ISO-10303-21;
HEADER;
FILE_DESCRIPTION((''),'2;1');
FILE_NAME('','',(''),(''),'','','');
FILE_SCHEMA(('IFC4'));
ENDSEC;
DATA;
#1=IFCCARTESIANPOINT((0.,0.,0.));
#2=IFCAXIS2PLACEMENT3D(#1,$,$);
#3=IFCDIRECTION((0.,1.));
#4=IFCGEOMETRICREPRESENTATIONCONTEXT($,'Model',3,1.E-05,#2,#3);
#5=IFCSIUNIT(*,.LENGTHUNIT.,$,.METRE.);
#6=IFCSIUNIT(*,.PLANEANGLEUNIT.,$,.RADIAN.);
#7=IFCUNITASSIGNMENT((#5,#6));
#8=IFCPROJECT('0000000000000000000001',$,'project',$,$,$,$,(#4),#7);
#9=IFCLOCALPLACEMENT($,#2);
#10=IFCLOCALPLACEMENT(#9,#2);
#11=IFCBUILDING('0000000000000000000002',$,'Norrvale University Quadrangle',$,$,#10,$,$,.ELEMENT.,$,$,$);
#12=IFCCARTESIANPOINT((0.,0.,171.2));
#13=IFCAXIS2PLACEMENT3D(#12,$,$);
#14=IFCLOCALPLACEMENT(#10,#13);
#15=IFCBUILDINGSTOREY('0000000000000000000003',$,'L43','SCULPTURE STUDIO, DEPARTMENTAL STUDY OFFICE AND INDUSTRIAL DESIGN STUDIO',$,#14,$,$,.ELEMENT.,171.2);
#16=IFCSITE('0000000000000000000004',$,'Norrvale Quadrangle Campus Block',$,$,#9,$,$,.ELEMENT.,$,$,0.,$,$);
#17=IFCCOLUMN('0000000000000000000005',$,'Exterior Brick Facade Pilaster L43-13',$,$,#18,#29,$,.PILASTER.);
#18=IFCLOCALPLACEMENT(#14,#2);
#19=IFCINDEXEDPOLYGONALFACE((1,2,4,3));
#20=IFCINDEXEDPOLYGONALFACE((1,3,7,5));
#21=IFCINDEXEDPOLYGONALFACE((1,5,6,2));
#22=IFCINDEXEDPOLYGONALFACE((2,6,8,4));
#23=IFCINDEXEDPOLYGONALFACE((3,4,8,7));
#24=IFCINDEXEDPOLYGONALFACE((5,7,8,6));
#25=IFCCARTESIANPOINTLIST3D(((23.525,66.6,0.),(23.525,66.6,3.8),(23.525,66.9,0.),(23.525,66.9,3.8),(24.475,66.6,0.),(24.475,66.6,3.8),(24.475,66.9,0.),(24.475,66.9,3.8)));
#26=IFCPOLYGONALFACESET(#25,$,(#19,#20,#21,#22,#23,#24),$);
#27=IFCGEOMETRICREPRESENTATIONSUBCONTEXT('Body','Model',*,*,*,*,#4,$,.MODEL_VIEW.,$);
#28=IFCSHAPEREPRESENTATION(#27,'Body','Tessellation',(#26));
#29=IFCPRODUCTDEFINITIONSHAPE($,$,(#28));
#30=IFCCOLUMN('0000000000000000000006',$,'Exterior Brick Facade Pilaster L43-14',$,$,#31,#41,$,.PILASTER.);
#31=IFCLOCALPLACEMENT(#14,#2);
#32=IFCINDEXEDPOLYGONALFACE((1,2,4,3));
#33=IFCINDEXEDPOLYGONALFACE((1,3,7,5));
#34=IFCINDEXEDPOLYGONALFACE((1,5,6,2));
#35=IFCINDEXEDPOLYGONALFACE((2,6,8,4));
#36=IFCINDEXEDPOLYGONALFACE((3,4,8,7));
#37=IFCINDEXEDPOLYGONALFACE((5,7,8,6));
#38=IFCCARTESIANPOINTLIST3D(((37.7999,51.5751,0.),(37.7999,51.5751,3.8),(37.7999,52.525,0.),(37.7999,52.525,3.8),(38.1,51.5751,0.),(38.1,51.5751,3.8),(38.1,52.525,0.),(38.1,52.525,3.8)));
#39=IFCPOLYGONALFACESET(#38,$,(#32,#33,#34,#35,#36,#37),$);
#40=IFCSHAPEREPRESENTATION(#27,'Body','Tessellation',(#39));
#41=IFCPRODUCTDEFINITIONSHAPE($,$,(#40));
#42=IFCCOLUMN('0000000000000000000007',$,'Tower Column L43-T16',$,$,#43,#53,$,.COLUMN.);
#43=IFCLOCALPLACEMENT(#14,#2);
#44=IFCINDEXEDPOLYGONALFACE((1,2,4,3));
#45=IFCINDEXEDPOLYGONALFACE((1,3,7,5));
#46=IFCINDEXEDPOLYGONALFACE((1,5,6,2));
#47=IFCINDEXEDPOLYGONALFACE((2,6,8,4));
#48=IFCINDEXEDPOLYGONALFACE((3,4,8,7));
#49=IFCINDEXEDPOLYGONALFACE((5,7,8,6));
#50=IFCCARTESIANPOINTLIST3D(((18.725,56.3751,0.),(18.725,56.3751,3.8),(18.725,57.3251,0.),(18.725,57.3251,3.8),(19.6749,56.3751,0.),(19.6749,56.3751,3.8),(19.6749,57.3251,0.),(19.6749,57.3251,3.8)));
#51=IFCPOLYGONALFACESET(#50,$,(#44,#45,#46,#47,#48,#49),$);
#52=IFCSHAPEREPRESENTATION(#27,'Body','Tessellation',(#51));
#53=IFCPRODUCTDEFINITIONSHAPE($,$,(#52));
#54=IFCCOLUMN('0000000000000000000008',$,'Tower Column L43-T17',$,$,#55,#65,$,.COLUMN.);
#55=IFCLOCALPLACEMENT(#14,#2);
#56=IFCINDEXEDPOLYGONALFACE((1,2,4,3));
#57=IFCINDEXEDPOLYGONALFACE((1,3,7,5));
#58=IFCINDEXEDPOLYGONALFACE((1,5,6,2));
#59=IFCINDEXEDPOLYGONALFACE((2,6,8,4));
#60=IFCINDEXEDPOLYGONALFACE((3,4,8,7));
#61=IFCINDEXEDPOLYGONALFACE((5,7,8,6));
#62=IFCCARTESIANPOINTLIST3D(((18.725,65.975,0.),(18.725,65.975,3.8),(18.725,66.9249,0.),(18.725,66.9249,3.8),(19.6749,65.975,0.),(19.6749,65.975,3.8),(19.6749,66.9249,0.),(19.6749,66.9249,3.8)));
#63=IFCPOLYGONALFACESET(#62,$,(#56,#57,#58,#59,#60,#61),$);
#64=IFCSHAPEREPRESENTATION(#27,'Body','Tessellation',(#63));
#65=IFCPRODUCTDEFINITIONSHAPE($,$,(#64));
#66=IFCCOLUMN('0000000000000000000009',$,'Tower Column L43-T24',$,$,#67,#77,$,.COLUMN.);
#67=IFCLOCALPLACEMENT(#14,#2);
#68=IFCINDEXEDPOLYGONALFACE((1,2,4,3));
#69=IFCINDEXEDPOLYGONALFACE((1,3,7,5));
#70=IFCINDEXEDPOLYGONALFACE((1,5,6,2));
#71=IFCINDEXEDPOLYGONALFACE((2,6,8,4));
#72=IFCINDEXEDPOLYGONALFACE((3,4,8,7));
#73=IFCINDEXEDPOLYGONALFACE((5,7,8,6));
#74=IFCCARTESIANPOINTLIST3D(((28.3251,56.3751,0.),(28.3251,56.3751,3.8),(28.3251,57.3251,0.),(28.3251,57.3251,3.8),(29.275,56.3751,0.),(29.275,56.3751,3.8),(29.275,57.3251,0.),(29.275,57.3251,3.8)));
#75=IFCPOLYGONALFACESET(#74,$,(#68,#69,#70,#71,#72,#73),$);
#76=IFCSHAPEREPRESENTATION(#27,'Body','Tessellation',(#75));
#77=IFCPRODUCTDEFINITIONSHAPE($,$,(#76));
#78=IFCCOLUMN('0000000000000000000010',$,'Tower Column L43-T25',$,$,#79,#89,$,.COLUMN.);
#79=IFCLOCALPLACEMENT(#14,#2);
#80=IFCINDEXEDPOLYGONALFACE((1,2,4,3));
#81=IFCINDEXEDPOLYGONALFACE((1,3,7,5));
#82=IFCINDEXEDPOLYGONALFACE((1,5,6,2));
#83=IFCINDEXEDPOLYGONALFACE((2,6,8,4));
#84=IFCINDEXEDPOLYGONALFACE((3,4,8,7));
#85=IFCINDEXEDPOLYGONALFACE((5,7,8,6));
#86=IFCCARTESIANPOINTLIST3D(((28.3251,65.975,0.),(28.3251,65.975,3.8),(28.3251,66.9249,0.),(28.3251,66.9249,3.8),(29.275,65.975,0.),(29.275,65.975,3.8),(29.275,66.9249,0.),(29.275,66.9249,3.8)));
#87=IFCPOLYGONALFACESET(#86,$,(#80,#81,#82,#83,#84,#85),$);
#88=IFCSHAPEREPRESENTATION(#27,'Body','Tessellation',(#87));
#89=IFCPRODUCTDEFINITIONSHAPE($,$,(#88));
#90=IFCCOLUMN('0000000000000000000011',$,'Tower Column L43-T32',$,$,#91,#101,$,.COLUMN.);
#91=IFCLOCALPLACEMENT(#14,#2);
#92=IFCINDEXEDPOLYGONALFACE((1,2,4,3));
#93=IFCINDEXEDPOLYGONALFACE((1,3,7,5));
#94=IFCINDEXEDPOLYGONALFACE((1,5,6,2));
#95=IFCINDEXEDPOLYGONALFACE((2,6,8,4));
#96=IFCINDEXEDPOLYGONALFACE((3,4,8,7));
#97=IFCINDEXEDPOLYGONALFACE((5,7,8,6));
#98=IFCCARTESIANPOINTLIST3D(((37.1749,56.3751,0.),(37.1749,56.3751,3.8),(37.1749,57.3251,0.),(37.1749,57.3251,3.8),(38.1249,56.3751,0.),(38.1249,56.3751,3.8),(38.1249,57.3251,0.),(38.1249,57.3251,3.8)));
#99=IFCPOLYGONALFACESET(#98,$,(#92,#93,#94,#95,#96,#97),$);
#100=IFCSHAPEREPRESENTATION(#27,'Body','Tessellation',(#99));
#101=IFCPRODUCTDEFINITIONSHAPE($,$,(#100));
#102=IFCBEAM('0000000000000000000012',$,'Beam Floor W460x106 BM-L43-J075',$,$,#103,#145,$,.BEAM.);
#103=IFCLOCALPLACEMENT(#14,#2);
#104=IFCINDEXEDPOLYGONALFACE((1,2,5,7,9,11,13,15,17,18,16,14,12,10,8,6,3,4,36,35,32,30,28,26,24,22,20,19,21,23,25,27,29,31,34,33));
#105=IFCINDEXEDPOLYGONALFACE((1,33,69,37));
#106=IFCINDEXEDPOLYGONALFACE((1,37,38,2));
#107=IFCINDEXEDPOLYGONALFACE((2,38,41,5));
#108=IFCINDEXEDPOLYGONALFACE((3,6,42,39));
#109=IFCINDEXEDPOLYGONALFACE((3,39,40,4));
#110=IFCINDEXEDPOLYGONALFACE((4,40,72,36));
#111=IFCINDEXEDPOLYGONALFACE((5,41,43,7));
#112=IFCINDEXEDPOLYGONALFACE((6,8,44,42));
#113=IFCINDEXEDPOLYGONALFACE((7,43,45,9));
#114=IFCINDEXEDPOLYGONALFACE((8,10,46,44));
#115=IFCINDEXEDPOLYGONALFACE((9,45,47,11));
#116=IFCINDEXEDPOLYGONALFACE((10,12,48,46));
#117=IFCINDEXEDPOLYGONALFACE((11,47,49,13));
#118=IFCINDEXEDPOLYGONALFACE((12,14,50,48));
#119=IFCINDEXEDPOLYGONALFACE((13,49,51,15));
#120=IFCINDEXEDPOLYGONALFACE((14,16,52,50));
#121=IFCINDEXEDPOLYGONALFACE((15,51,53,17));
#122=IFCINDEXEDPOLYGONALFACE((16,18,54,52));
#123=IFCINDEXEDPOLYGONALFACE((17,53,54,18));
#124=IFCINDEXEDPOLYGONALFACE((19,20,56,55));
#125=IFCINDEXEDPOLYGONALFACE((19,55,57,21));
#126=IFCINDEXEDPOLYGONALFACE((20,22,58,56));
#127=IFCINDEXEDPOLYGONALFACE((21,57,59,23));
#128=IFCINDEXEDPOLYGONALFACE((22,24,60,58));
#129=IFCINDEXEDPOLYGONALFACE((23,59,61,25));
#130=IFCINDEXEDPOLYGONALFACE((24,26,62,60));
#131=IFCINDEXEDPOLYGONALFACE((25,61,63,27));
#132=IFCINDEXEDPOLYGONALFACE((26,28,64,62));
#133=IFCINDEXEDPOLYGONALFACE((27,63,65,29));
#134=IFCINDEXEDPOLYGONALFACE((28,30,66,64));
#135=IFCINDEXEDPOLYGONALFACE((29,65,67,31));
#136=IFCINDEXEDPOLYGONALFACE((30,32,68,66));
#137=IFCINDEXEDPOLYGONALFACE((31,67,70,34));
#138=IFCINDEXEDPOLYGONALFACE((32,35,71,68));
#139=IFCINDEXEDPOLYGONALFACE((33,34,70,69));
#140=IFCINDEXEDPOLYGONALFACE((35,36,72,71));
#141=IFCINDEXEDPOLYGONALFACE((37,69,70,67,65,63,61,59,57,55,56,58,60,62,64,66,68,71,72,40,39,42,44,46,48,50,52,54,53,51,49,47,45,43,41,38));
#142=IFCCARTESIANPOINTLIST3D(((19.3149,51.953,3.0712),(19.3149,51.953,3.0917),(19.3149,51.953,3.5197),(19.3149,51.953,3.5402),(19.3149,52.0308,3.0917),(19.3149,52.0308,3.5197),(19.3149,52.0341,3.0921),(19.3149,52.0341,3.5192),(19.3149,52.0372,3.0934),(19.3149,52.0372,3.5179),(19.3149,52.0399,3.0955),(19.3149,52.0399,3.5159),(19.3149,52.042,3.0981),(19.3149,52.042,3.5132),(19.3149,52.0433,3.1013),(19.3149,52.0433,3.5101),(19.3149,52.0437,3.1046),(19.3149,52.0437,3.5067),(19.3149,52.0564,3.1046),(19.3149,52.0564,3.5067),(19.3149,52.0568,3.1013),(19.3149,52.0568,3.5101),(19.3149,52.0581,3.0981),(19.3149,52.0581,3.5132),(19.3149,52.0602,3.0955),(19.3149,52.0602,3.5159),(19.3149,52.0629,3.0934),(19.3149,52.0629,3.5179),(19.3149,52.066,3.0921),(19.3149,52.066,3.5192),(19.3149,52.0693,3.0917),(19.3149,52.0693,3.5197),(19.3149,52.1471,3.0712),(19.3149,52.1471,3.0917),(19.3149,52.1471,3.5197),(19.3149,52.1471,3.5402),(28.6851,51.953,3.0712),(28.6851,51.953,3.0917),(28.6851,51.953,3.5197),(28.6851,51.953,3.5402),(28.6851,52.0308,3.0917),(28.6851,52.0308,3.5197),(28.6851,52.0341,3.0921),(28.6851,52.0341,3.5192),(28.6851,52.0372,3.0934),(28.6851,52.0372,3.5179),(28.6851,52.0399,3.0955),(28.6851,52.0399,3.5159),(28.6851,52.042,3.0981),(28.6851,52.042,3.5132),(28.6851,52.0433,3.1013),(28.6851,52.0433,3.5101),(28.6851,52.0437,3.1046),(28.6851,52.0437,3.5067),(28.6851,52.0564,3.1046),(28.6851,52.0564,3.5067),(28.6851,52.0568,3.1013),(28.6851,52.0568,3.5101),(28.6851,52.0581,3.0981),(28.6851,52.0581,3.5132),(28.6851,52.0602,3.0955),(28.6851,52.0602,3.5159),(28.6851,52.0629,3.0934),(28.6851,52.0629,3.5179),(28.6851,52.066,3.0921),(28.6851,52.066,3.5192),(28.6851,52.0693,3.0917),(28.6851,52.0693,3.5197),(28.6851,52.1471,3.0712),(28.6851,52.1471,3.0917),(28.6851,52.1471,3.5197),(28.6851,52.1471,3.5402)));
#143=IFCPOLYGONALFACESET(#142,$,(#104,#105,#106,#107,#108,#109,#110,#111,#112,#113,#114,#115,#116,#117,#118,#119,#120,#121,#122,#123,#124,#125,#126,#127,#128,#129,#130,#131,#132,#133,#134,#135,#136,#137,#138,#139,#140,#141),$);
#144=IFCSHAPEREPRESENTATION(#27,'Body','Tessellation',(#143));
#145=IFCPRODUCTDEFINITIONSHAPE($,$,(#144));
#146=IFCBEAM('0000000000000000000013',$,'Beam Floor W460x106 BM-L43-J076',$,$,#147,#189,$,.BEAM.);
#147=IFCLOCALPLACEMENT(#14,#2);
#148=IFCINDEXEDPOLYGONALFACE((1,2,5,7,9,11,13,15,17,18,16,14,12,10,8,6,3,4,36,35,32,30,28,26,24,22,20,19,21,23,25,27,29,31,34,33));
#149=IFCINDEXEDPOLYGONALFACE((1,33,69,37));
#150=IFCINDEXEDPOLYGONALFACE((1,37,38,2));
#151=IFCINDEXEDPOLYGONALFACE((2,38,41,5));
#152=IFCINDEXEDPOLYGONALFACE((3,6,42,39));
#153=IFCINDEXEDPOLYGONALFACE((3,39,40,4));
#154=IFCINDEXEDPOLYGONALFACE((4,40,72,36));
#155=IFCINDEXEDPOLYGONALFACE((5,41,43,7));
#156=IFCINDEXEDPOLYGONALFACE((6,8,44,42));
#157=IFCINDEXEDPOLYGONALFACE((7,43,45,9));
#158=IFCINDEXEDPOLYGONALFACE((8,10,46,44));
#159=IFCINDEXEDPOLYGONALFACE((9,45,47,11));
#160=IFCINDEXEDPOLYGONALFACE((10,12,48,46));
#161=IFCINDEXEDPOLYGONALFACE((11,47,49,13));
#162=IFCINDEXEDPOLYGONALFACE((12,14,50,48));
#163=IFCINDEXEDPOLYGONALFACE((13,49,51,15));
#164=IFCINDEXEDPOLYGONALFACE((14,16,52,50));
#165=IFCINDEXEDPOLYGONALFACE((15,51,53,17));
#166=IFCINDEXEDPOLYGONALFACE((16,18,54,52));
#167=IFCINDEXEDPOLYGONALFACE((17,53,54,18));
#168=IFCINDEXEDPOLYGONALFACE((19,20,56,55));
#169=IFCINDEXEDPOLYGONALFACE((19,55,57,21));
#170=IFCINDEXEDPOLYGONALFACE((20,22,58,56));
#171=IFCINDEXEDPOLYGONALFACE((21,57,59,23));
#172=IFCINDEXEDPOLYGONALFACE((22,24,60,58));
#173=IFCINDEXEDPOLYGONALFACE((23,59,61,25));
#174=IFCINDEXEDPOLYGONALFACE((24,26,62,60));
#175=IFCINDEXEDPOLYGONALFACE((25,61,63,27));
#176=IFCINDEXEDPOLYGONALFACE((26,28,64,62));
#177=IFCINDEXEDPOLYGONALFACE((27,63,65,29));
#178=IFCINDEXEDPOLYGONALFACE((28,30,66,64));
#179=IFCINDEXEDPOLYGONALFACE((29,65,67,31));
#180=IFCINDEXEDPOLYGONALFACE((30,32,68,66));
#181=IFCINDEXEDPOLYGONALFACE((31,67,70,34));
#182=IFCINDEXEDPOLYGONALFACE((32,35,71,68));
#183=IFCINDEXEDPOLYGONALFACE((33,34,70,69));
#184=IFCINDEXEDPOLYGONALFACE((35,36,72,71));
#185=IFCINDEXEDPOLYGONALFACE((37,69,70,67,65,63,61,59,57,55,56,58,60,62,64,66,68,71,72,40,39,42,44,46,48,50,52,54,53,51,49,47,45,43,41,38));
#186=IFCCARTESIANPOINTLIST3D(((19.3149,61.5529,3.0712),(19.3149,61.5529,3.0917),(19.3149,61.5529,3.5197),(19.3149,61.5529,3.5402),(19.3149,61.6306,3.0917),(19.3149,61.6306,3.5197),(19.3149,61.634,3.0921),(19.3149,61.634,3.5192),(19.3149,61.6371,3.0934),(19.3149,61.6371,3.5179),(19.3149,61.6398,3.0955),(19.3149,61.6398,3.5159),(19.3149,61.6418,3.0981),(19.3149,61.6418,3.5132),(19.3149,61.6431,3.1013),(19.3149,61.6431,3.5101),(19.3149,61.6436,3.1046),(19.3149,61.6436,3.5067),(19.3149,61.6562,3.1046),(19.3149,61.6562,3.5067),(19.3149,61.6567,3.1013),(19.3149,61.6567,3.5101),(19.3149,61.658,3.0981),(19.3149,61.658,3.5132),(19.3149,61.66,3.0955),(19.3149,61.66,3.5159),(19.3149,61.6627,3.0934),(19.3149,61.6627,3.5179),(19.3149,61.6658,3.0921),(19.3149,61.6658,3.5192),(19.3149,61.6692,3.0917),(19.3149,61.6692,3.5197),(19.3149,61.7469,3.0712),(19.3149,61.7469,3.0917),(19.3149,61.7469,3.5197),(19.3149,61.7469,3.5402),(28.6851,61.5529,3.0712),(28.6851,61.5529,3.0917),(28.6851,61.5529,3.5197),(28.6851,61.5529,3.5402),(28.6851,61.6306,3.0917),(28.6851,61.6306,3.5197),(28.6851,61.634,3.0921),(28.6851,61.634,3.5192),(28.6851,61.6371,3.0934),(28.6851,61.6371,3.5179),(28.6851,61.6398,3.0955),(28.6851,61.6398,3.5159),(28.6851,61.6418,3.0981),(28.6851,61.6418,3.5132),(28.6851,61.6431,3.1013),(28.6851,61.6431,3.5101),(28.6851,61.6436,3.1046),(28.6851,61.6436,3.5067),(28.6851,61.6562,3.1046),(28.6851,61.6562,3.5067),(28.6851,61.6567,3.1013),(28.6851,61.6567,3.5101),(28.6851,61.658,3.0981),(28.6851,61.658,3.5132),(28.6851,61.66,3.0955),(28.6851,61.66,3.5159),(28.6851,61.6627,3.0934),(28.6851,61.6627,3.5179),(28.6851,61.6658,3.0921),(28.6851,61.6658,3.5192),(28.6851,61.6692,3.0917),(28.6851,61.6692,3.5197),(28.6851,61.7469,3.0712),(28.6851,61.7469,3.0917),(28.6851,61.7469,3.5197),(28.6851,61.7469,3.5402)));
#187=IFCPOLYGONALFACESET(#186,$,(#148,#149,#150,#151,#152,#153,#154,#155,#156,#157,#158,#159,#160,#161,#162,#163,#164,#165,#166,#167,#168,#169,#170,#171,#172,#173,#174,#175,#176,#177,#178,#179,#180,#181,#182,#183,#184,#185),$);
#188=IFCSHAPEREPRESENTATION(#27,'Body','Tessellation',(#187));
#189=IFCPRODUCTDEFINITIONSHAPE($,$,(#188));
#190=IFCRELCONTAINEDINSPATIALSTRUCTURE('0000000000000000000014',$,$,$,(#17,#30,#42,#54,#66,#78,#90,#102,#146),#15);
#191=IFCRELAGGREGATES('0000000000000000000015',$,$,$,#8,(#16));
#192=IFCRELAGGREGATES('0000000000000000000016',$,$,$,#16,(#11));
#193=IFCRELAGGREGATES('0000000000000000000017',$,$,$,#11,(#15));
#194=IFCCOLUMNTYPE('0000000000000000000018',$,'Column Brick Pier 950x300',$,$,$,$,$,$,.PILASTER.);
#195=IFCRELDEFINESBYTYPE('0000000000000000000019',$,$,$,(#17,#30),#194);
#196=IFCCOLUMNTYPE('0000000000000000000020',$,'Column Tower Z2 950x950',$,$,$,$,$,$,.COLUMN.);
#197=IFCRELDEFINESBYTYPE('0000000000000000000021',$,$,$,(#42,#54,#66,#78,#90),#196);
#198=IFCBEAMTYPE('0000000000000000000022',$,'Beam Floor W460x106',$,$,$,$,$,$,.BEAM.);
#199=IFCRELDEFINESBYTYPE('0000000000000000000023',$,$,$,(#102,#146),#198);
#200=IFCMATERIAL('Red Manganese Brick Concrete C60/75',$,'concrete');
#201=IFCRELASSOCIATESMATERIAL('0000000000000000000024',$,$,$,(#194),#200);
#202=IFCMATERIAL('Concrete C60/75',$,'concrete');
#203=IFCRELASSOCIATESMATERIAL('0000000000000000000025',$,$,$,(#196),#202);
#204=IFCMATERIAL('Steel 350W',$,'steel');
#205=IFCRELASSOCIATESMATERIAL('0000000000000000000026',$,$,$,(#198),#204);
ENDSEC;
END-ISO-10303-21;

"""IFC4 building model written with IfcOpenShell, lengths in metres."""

from ifc_helpers import new_model, si_unit, direction, frame, origin, origin_2d, place, context, subcontext, project, spatial, rectangle, i_section, extrude, material, material_profile, profile_set, type_object, element, save


model = new_model("IFC4")

# Units and contexts
model_context = context("Model", 3, precision=1e-05, world=origin(), true_north=direction((0.0, 1.0)))
body_context = subcontext(model_context, "Body", "Model", "MODEL_VIEW")
ifc_project = project(units=[si_unit("LENGTHUNIT", "METRE"), si_unit("PLANEANGLEUNIT", "RADIAN")], contexts=[model_context])

# Site, building, storey
site_placement = place(None, origin())
site = spatial("IfcSite", under=ifc_project, at=site_placement, Name="Norrvale Quadrangle Campus Block", CompositionType="ELEMENT", RefElevation=0.0)
building_placement = place(site_placement, origin())
building = spatial("IfcBuilding", under=site, at=building_placement, Name="Norrvale University Quadrangle", CompositionType="ELEMENT")
storey_placement = place(building_placement, frame((0.0, 0.0, 171.2)))
storey = spatial("IfcBuildingStorey", under=building, at=storey_placement, Name="L43", Description="SCULPTURE STUDIO, DEPARTMENTAL STUDY OFFICE AND INDUSTRIAL DESIGN STUDIO", CompositionType="ELEMENT", Elevation=171.2)

# Columns
ifc_material_1 = material(Name="Red Manganese Brick Concrete C60/75", Category="concrete")
ifc_material_profile_1 = material_profile(ifc_material_1, rectangle(XDim=0.95, YDim=0.3, at=origin_2d()), Name="Red Manganese Brick Concrete C60/75")
ifc_profile_set_1 = profile_set([ifc_material_profile_1], Name="Red Manganese Brick Concrete C60/75")
column_type_1 = type_object("IfcColumnType", Name="Column Brick Pier 950x300", PredefinedType="PILASTER", material=ifc_profile_set_1)
for number, where, z_axis, x_axis, name in (
    (1, (24.0, 66.75, 0.0), (0.0, 0.0, 1.0), (1.0, 0.0, 0.0), "Exterior Brick Facade Pilaster L43-13"),
    (2, (37.95, 52.05, 0.0), (0.0, 0.0, 1.0), (0.0, 1.0, 0.0), "Exterior Brick Facade Pilaster L43-14"),
):
    element("IfcColumn", number, at=place(storey_placement, frame(where, z_axis=z_axis, x_axis=x_axis)), inside=storey, type_object=column_type_1, Name=name, PredefinedType="PILASTER", context=body_context, shape_type="SweptSolid", body=[
        extrude(rectangle(XDim=0.95, YDim=0.3, at=origin_2d()), origin(), (0.0, 0.0, 1.0), 3.8),
    ])
ifc_material_2 = material(Name="Concrete C60/75", Category="concrete")
ifc_material_profile_2 = material_profile(ifc_material_2, rectangle(XDim=0.95, YDim=0.95, at=origin_2d()), Name="Concrete C60/75")
ifc_profile_set_2 = profile_set([ifc_material_profile_2], Name="Concrete C60/75")
column_type_2 = type_object("IfcColumnType", Name="Column Tower Z2 950x950", PredefinedType="COLUMN", material=ifc_profile_set_2)
for number, where, z_axis, x_axis, name in (
    (3, (19.2, 56.8501, 0.0), (0.0, 0.0, 1.0), (1.0, 0.0, 0.0), "Tower Column L43-T16"),
    (4, (19.2, 66.45, 0.0), (0.0, 0.0, 1.0), (1.0, 0.0, 0.0), "Tower Column L43-T17"),
    (5, (28.8, 56.8501, 0.0), (0.0, 0.0, 1.0), (1.0, 0.0, 0.0), "Tower Column L43-T24"),
    (6, (28.8, 66.45, 0.0), (0.0, 0.0, 1.0), (1.0, 0.0, 0.0), "Tower Column L43-T25"),
    (7, (37.6499, 56.8501, 0.0), (0.0, 0.0, 1.0), (1.0, 0.0, 0.0), "Tower Column L43-T32"),
):
    element("IfcColumn", number, at=place(storey_placement, frame(where, z_axis=z_axis, x_axis=x_axis)), inside=storey, type_object=column_type_2, Name=name, PredefinedType="COLUMN", context=body_context, shape_type="SweptSolid", body=[
        extrude(rectangle(XDim=0.95, YDim=0.95, at=origin_2d()), origin(), (0.0, 0.0, 1.0), 3.8),
    ])

# Beams
ifc_material_3 = material(Name="Steel 350W", Category="steel")
ifc_material_profile_3 = material_profile(ifc_material_3, i_section(OverallWidth=0.1941, OverallDepth=0.469, WebThickness=0.0127, FlangeThickness=0.0205, FilletRadius=0.0129, at=origin_2d()), Name="Steel 350W")
ifc_profile_set_3 = profile_set([ifc_material_profile_3], Name="Steel 350W")
beam_type_1 = type_object("IfcBeamType", Name="Beam Floor W460x106", PredefinedType="BEAM", material=ifc_profile_set_3)
for number, where, z_axis, x_axis, name in (
    (8, (19.3149, 52.05, 3.3057), (1.0, 0.0, 0.0), (0.0, 1.0, 0.0), "Beam Floor W460x106 BM-L43-J075"),
    (9, (19.3149, 61.6499, 3.3057), (1.0, 0.0, 0.0), (0.0, 1.0, 0.0), "Beam Floor W460x106 BM-L43-J076"),
):
    element("IfcBeam", number, at=place(storey_placement, frame(where, z_axis=z_axis, x_axis=x_axis)), inside=storey, type_object=beam_type_1, Name=name, PredefinedType="BEAM", context=body_context, shape_type="SweptSolid", body=[
        extrude(i_section(OverallWidth=0.1941, OverallDepth=0.469, WebThickness=0.0127, FlangeThickness=0.0205, FilletRadius=0.0129, at=origin_2d()), origin(), (0.0, 0.0, 1.0), 9.3701),
    ])

save(model, "model.ifc")
